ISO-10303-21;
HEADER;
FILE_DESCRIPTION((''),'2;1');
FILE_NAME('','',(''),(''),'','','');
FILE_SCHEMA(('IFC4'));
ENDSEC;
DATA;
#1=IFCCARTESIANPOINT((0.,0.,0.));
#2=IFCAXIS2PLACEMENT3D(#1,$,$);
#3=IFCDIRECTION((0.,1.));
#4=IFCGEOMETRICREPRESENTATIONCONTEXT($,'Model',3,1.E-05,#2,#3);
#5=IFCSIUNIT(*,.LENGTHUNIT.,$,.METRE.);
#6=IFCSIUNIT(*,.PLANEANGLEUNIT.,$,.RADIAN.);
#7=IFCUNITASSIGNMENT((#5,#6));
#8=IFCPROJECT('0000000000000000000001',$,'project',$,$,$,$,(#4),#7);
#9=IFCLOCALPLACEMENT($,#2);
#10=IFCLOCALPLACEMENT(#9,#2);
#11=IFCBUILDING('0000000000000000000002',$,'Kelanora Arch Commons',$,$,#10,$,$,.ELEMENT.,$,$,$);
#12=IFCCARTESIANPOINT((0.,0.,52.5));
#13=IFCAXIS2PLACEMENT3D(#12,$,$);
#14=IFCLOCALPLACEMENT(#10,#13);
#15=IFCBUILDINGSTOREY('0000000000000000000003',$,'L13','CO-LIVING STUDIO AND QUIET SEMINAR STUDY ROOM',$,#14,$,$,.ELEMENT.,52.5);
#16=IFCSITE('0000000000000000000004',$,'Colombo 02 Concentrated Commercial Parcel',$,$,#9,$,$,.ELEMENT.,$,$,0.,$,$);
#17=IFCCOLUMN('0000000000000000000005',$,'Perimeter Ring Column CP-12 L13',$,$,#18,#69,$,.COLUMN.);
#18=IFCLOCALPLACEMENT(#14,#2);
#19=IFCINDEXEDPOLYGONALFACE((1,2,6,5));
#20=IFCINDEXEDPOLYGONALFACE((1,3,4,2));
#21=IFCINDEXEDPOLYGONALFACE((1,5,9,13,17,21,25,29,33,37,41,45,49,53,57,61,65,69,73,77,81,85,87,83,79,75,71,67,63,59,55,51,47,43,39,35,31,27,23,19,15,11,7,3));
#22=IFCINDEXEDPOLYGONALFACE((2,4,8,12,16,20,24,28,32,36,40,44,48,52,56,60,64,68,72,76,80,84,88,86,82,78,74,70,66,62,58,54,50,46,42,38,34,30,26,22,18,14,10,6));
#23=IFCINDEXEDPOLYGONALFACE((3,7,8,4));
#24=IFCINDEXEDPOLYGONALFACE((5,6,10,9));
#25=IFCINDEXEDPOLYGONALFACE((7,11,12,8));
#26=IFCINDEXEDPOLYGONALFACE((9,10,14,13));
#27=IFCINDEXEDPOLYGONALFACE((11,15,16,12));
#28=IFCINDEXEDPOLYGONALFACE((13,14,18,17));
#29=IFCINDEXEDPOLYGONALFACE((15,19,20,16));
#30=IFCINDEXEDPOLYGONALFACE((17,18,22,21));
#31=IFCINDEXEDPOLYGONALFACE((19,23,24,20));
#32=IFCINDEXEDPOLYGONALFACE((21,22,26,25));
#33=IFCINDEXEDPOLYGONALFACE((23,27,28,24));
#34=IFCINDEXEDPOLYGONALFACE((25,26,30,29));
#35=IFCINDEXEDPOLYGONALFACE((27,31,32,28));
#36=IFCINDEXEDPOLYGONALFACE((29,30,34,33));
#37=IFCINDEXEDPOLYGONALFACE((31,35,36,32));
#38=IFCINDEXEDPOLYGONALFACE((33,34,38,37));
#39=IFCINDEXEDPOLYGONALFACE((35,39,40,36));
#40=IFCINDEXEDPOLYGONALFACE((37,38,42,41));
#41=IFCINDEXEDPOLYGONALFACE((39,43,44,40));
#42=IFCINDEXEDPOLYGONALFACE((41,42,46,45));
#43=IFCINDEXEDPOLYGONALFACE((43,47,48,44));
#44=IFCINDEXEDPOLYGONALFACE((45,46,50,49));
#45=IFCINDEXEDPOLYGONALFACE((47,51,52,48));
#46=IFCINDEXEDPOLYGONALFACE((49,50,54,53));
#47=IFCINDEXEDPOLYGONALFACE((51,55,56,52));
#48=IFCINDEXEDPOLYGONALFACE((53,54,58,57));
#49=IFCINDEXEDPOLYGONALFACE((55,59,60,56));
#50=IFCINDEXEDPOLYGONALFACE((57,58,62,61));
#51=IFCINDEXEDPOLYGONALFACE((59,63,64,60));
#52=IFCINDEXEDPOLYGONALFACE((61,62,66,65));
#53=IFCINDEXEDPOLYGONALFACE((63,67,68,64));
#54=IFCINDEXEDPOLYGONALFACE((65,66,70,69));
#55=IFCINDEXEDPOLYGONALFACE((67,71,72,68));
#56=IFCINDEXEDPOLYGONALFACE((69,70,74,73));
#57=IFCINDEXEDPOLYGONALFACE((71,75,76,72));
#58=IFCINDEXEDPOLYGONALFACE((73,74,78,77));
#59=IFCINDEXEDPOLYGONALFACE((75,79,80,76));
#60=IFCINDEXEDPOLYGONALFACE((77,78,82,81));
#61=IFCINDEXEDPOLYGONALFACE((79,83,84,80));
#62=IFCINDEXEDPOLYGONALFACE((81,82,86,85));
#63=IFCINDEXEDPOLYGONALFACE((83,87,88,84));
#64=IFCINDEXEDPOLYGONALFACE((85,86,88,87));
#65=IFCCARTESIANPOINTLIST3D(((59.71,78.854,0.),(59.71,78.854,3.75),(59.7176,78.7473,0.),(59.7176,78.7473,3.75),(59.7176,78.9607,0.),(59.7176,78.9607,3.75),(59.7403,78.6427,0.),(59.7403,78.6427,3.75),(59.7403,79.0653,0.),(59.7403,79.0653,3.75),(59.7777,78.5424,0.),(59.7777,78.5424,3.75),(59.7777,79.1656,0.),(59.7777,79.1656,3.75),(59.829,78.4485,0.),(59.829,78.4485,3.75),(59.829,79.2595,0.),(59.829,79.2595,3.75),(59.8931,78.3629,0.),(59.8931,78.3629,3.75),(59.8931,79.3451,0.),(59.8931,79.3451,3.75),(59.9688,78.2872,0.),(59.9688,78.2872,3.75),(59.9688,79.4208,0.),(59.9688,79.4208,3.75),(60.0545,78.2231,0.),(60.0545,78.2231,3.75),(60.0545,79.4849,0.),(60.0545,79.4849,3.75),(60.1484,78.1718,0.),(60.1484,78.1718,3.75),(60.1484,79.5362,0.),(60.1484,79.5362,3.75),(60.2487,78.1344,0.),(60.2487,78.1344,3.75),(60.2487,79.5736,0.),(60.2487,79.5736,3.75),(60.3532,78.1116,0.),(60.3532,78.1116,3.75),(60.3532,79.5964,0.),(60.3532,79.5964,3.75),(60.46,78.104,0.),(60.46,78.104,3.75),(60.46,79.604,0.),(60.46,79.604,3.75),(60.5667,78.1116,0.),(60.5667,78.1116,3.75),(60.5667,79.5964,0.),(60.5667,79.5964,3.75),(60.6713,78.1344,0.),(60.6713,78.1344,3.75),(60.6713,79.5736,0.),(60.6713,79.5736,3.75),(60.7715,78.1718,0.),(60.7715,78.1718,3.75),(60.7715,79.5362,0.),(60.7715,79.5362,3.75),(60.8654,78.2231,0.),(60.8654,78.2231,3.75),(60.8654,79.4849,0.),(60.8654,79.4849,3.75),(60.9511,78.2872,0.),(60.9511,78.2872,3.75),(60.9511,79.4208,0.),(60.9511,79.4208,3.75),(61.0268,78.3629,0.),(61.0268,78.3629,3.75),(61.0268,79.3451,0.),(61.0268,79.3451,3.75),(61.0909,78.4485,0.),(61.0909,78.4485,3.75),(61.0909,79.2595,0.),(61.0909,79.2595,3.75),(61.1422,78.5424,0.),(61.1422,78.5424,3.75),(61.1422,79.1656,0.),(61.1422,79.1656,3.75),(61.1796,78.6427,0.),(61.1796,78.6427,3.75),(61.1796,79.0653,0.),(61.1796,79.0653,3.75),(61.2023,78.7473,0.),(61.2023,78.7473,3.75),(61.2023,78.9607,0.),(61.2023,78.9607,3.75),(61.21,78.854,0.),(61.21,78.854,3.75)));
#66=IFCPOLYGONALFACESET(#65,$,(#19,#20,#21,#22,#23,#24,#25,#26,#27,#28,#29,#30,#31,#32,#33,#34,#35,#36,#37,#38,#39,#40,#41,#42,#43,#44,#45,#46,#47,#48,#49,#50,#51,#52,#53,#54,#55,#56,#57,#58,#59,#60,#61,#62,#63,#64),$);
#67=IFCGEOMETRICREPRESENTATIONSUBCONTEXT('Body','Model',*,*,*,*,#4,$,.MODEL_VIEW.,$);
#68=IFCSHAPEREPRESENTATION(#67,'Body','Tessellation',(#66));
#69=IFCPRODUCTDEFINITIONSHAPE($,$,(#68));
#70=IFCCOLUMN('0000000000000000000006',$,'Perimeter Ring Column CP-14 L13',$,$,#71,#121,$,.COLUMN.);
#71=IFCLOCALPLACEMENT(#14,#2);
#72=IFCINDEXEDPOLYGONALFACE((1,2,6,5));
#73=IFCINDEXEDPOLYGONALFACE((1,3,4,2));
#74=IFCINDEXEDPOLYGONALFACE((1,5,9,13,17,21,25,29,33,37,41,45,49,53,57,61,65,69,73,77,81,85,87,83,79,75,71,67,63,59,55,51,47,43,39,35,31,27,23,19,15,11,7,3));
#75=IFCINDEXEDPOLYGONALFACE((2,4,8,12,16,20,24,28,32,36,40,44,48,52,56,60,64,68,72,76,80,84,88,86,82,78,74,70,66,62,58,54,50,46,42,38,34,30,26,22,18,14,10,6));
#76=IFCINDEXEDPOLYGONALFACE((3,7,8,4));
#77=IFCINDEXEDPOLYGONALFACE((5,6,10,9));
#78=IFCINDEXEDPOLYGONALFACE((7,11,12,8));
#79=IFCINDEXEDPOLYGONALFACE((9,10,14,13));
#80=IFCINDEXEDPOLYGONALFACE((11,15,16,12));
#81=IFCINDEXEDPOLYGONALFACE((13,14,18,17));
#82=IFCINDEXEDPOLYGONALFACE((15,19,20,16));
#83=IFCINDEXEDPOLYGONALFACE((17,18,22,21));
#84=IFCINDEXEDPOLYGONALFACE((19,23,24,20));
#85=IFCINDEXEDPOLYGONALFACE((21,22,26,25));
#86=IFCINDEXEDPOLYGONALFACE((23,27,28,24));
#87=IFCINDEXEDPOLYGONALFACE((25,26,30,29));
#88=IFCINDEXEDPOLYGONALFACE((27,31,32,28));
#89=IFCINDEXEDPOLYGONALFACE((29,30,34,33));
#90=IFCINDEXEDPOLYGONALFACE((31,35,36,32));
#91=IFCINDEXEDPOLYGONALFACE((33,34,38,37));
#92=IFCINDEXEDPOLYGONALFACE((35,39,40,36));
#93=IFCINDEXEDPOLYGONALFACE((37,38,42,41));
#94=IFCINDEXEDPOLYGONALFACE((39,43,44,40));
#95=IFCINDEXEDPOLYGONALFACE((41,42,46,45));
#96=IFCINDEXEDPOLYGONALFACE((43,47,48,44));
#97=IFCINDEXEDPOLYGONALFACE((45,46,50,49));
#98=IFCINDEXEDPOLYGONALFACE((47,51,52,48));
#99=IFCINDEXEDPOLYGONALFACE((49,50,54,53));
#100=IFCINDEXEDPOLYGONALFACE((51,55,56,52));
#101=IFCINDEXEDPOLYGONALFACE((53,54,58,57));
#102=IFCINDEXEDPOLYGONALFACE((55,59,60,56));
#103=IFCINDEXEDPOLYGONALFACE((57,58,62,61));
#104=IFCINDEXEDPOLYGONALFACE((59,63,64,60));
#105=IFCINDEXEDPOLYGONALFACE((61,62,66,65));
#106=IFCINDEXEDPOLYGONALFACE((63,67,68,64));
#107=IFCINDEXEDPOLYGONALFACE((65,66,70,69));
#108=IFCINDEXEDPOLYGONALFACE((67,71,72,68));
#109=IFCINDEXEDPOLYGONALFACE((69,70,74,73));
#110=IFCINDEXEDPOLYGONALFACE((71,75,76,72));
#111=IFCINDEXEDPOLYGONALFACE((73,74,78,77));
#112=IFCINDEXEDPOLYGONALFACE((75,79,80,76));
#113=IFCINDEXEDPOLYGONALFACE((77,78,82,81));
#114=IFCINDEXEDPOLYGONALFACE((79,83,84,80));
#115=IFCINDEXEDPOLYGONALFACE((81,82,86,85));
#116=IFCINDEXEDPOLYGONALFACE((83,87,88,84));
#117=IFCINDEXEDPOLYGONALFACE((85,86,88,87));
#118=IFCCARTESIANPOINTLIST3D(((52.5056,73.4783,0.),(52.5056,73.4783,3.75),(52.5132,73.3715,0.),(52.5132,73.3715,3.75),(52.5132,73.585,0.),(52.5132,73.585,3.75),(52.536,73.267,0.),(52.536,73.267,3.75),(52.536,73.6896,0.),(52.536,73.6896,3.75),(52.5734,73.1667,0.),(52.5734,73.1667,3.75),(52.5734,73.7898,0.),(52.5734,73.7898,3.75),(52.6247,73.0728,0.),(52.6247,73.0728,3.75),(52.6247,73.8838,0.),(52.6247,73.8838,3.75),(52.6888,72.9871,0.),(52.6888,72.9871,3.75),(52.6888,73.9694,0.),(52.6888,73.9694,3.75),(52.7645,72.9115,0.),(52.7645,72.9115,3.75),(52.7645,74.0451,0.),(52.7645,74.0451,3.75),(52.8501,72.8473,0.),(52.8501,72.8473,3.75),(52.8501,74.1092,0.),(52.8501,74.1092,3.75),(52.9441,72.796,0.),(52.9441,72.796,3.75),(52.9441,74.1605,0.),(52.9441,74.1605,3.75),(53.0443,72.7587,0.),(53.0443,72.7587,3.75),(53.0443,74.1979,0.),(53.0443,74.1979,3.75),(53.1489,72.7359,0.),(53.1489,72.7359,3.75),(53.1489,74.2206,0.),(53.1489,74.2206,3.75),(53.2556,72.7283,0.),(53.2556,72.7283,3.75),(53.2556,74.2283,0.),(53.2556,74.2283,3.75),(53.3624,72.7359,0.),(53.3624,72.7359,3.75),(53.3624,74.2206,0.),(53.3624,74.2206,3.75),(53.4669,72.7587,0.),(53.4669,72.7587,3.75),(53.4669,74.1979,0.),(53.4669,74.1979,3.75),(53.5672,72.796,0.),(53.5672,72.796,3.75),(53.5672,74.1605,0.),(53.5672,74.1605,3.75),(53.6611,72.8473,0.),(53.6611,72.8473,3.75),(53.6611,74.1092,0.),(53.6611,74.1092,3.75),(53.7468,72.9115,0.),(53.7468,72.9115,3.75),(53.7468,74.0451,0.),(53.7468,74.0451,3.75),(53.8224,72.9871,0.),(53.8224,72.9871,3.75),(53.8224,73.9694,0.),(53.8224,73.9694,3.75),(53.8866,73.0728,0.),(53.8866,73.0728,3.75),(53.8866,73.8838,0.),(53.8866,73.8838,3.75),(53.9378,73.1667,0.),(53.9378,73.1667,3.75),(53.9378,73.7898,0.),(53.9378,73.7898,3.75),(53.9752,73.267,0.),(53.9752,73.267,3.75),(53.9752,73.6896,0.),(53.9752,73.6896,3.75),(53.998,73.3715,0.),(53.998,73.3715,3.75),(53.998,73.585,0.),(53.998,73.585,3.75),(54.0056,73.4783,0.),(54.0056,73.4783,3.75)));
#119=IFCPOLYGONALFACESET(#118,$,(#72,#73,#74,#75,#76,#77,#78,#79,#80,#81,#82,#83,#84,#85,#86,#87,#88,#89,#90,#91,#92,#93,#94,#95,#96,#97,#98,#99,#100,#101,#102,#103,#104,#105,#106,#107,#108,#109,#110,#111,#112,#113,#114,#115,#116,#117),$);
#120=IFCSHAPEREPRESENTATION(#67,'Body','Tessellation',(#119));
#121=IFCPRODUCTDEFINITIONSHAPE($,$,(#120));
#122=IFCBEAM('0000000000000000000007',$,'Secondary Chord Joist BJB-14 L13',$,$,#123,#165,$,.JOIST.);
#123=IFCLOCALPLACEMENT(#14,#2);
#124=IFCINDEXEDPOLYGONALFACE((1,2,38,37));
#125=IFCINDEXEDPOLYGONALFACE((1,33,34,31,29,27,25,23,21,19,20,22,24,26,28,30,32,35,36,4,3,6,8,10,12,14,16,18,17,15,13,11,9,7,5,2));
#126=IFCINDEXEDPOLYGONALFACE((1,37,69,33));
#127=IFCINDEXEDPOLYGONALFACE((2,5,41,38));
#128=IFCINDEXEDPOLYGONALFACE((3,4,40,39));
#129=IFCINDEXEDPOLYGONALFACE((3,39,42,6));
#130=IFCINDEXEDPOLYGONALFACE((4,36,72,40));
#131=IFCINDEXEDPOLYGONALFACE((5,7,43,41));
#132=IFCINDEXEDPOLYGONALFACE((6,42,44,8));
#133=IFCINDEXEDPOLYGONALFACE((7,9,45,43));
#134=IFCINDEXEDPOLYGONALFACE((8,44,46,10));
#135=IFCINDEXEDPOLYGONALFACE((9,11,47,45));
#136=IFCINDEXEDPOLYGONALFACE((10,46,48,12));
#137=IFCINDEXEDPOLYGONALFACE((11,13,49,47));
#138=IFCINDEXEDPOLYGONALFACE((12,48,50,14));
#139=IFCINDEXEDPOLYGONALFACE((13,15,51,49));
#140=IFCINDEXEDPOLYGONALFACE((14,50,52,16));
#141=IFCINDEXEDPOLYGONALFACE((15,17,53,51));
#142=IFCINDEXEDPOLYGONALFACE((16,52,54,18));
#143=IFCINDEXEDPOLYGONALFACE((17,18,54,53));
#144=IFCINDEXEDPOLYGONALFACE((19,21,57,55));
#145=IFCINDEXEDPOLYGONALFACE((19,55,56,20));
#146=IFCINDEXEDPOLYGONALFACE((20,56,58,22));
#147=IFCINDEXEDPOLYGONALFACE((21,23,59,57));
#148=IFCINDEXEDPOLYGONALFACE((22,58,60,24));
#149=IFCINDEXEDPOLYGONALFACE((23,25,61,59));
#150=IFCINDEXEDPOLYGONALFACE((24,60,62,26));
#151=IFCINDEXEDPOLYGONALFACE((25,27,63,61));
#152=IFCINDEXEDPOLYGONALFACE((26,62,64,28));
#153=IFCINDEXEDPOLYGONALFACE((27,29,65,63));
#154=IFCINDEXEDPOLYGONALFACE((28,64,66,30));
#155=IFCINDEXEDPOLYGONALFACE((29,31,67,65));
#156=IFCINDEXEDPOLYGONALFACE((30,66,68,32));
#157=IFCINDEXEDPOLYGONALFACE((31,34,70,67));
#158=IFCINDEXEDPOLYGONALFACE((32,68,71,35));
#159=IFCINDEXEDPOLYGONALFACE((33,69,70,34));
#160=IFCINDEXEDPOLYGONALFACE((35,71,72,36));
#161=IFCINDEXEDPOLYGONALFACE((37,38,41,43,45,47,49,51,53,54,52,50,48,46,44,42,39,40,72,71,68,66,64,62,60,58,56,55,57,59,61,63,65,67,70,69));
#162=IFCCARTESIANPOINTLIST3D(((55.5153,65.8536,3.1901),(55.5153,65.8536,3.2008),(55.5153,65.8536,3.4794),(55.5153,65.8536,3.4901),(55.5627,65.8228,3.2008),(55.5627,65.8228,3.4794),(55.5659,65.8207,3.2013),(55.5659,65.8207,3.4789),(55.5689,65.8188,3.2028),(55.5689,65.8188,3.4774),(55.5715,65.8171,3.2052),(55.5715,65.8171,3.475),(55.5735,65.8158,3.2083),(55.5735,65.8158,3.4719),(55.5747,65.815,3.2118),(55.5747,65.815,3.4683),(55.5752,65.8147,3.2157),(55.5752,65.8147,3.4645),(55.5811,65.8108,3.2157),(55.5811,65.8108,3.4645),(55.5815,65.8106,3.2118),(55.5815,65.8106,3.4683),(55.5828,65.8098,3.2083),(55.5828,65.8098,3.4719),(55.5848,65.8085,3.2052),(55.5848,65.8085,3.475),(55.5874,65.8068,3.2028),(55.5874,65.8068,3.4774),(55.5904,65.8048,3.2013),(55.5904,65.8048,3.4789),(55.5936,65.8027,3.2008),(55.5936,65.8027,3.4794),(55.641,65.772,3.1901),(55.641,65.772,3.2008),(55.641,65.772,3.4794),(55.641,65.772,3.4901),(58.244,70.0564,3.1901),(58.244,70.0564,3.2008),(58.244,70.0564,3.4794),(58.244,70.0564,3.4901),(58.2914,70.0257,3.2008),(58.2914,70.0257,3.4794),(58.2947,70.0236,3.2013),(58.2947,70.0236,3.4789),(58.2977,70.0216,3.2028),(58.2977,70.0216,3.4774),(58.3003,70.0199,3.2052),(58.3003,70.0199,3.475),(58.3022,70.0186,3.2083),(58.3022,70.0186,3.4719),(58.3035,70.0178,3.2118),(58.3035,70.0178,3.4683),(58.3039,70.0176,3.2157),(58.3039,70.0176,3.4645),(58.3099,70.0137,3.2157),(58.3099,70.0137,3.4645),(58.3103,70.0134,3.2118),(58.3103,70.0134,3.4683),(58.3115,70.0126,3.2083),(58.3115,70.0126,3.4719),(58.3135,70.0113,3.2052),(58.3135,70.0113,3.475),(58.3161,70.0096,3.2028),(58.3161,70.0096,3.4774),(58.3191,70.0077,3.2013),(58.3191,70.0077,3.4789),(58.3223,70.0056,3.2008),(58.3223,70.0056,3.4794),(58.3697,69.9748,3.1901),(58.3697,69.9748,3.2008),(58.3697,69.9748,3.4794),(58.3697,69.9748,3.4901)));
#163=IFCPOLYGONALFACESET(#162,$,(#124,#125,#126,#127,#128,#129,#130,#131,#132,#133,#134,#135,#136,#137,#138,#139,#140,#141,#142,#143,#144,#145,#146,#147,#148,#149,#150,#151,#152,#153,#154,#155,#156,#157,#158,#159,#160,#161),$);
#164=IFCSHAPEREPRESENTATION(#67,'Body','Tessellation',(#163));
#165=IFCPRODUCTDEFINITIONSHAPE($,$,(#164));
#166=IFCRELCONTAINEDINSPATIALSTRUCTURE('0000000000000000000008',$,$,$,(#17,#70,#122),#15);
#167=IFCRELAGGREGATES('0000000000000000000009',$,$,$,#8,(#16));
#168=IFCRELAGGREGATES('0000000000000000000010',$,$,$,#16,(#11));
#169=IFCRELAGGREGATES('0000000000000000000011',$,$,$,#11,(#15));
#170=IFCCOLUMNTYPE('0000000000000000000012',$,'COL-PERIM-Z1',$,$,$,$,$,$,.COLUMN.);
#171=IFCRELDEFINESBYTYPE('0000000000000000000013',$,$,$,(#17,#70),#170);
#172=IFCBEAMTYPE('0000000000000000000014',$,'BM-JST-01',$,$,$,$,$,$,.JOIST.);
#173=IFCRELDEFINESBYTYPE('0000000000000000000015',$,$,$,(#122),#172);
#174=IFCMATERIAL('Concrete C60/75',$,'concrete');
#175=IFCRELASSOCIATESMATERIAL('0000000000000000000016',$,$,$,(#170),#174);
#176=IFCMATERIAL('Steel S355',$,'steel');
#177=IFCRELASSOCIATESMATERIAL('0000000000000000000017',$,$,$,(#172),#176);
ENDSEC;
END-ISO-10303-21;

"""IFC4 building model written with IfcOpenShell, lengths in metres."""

from ifc_helpers import new_model, si_unit, direction, frame, origin, origin_2d, place, context, subcontext, project, spatial, circle, i_section, extrude, material, material_profile, profile_set, type_object, element, save


model = new_model("IFC4")

# Units and contexts
model_context = context("Model", 3, precision=1e-05, world=origin(), true_north=direction((0.0, 1.0)))
body_context = subcontext(model_context, "Body", "Model", "MODEL_VIEW")
ifc_project = project(units=[si_unit("LENGTHUNIT", "METRE"), si_unit("PLANEANGLEUNIT", "RADIAN")], contexts=[model_context])

# Site, building, storey
site_placement = place(None, origin())
site = spatial("IfcSite", under=ifc_project, at=site_placement, Name="Colombo 02 Concentrated Commercial Parcel", CompositionType="ELEMENT", RefElevation=0.0)
building_placement = place(site_placement, origin())
building = spatial("IfcBuilding", under=site, at=building_placement, Name="Kelanora Arch Commons", CompositionType="ELEMENT")
storey_placement = place(building_placement, frame((0.0, 0.0, 52.5)))
storey = spatial("IfcBuildingStorey", under=building, at=storey_placement, Name="L13", Description="CO-LIVING STUDIO AND QUIET SEMINAR STUDY ROOM", CompositionType="ELEMENT", Elevation=52.5)

# Columns
ifc_material_1 = material(Name="Concrete C60/75", Category="concrete")
ifc_material_profile_1 = material_profile(ifc_material_1, circle(Radius=0.75, at=origin_2d()), Name="RCC1500")
ifc_profile_set_1 = profile_set([ifc_material_profile_1], Name="Concrete C60/75")
column_type = type_object("IfcColumnType", Name="COL-PERIM-Z1", PredefinedType="COLUMN", material=ifc_profile_set_1)
for number, where, z_axis, x_axis, name in (
    (1, (60.46, 78.854, 0.0), (0.0, 0.0, 1.0), (1.0, 0.0, 0.0), "Perimeter Ring Column CP-12 L13"),
    (2, (53.2556, 73.4783, 0.0), (0.0, 0.0, 1.0), (1.0, 0.0, 0.0), "Perimeter Ring Column CP-14 L13"),
):
    element("IfcColumn", number, at=place(storey_placement, frame(where, z_axis=z_axis, x_axis=x_axis)), inside=storey, type_object=column_type, Name=name, PredefinedType="COLUMN", context=body_context, shape_type="SweptSolid", body=[
        extrude(circle(Radius=0.75, at=origin_2d()), origin(), (0.0, 0.0, 1.0), 3.75),
    ])

# Beam
ifc_material_2 = material(Name="Steel S355", Category="steel")
ifc_material_profile_2 = material_profile(ifc_material_2, i_section(OverallWidth=0.1499, OverallDepth=0.3, WebThickness=0.0071, FlangeThickness=0.0107, FilletRadius=0.0149, at=origin_2d()), Name="IPE300")
ifc_profile_set_2 = profile_set([ifc_material_profile_2], Name="Steel S355")
beam_type_1 = type_object("IfcBeamType", Name="BM-JST-01", PredefinedType="JOIST", material=ifc_profile_set_2)
beam_1_placement = place(storey_placement, frame((58.3069, 70.0156, 3.3401), z_axis=(-0.544552, -0.838727, 0.0), x_axis=(0.838727, -0.544552, 0.0)))
element("IfcBeam", 3, at=beam_1_placement, inside=storey, type_object=beam_type_1, Name="Secondary Chord Joist BJB-14 L13", PredefinedType="JOIST", context=body_context, shape_type="SweptSolid", body=[
    extrude(i_section(OverallWidth=0.1499, OverallDepth=0.3, WebThickness=0.0071, FlangeThickness=0.0107, FilletRadius=0.0149, at=origin_2d()), origin(), (0.0, 0.0, 1.0), 5.011),
])

save(model, "model.ifc")
